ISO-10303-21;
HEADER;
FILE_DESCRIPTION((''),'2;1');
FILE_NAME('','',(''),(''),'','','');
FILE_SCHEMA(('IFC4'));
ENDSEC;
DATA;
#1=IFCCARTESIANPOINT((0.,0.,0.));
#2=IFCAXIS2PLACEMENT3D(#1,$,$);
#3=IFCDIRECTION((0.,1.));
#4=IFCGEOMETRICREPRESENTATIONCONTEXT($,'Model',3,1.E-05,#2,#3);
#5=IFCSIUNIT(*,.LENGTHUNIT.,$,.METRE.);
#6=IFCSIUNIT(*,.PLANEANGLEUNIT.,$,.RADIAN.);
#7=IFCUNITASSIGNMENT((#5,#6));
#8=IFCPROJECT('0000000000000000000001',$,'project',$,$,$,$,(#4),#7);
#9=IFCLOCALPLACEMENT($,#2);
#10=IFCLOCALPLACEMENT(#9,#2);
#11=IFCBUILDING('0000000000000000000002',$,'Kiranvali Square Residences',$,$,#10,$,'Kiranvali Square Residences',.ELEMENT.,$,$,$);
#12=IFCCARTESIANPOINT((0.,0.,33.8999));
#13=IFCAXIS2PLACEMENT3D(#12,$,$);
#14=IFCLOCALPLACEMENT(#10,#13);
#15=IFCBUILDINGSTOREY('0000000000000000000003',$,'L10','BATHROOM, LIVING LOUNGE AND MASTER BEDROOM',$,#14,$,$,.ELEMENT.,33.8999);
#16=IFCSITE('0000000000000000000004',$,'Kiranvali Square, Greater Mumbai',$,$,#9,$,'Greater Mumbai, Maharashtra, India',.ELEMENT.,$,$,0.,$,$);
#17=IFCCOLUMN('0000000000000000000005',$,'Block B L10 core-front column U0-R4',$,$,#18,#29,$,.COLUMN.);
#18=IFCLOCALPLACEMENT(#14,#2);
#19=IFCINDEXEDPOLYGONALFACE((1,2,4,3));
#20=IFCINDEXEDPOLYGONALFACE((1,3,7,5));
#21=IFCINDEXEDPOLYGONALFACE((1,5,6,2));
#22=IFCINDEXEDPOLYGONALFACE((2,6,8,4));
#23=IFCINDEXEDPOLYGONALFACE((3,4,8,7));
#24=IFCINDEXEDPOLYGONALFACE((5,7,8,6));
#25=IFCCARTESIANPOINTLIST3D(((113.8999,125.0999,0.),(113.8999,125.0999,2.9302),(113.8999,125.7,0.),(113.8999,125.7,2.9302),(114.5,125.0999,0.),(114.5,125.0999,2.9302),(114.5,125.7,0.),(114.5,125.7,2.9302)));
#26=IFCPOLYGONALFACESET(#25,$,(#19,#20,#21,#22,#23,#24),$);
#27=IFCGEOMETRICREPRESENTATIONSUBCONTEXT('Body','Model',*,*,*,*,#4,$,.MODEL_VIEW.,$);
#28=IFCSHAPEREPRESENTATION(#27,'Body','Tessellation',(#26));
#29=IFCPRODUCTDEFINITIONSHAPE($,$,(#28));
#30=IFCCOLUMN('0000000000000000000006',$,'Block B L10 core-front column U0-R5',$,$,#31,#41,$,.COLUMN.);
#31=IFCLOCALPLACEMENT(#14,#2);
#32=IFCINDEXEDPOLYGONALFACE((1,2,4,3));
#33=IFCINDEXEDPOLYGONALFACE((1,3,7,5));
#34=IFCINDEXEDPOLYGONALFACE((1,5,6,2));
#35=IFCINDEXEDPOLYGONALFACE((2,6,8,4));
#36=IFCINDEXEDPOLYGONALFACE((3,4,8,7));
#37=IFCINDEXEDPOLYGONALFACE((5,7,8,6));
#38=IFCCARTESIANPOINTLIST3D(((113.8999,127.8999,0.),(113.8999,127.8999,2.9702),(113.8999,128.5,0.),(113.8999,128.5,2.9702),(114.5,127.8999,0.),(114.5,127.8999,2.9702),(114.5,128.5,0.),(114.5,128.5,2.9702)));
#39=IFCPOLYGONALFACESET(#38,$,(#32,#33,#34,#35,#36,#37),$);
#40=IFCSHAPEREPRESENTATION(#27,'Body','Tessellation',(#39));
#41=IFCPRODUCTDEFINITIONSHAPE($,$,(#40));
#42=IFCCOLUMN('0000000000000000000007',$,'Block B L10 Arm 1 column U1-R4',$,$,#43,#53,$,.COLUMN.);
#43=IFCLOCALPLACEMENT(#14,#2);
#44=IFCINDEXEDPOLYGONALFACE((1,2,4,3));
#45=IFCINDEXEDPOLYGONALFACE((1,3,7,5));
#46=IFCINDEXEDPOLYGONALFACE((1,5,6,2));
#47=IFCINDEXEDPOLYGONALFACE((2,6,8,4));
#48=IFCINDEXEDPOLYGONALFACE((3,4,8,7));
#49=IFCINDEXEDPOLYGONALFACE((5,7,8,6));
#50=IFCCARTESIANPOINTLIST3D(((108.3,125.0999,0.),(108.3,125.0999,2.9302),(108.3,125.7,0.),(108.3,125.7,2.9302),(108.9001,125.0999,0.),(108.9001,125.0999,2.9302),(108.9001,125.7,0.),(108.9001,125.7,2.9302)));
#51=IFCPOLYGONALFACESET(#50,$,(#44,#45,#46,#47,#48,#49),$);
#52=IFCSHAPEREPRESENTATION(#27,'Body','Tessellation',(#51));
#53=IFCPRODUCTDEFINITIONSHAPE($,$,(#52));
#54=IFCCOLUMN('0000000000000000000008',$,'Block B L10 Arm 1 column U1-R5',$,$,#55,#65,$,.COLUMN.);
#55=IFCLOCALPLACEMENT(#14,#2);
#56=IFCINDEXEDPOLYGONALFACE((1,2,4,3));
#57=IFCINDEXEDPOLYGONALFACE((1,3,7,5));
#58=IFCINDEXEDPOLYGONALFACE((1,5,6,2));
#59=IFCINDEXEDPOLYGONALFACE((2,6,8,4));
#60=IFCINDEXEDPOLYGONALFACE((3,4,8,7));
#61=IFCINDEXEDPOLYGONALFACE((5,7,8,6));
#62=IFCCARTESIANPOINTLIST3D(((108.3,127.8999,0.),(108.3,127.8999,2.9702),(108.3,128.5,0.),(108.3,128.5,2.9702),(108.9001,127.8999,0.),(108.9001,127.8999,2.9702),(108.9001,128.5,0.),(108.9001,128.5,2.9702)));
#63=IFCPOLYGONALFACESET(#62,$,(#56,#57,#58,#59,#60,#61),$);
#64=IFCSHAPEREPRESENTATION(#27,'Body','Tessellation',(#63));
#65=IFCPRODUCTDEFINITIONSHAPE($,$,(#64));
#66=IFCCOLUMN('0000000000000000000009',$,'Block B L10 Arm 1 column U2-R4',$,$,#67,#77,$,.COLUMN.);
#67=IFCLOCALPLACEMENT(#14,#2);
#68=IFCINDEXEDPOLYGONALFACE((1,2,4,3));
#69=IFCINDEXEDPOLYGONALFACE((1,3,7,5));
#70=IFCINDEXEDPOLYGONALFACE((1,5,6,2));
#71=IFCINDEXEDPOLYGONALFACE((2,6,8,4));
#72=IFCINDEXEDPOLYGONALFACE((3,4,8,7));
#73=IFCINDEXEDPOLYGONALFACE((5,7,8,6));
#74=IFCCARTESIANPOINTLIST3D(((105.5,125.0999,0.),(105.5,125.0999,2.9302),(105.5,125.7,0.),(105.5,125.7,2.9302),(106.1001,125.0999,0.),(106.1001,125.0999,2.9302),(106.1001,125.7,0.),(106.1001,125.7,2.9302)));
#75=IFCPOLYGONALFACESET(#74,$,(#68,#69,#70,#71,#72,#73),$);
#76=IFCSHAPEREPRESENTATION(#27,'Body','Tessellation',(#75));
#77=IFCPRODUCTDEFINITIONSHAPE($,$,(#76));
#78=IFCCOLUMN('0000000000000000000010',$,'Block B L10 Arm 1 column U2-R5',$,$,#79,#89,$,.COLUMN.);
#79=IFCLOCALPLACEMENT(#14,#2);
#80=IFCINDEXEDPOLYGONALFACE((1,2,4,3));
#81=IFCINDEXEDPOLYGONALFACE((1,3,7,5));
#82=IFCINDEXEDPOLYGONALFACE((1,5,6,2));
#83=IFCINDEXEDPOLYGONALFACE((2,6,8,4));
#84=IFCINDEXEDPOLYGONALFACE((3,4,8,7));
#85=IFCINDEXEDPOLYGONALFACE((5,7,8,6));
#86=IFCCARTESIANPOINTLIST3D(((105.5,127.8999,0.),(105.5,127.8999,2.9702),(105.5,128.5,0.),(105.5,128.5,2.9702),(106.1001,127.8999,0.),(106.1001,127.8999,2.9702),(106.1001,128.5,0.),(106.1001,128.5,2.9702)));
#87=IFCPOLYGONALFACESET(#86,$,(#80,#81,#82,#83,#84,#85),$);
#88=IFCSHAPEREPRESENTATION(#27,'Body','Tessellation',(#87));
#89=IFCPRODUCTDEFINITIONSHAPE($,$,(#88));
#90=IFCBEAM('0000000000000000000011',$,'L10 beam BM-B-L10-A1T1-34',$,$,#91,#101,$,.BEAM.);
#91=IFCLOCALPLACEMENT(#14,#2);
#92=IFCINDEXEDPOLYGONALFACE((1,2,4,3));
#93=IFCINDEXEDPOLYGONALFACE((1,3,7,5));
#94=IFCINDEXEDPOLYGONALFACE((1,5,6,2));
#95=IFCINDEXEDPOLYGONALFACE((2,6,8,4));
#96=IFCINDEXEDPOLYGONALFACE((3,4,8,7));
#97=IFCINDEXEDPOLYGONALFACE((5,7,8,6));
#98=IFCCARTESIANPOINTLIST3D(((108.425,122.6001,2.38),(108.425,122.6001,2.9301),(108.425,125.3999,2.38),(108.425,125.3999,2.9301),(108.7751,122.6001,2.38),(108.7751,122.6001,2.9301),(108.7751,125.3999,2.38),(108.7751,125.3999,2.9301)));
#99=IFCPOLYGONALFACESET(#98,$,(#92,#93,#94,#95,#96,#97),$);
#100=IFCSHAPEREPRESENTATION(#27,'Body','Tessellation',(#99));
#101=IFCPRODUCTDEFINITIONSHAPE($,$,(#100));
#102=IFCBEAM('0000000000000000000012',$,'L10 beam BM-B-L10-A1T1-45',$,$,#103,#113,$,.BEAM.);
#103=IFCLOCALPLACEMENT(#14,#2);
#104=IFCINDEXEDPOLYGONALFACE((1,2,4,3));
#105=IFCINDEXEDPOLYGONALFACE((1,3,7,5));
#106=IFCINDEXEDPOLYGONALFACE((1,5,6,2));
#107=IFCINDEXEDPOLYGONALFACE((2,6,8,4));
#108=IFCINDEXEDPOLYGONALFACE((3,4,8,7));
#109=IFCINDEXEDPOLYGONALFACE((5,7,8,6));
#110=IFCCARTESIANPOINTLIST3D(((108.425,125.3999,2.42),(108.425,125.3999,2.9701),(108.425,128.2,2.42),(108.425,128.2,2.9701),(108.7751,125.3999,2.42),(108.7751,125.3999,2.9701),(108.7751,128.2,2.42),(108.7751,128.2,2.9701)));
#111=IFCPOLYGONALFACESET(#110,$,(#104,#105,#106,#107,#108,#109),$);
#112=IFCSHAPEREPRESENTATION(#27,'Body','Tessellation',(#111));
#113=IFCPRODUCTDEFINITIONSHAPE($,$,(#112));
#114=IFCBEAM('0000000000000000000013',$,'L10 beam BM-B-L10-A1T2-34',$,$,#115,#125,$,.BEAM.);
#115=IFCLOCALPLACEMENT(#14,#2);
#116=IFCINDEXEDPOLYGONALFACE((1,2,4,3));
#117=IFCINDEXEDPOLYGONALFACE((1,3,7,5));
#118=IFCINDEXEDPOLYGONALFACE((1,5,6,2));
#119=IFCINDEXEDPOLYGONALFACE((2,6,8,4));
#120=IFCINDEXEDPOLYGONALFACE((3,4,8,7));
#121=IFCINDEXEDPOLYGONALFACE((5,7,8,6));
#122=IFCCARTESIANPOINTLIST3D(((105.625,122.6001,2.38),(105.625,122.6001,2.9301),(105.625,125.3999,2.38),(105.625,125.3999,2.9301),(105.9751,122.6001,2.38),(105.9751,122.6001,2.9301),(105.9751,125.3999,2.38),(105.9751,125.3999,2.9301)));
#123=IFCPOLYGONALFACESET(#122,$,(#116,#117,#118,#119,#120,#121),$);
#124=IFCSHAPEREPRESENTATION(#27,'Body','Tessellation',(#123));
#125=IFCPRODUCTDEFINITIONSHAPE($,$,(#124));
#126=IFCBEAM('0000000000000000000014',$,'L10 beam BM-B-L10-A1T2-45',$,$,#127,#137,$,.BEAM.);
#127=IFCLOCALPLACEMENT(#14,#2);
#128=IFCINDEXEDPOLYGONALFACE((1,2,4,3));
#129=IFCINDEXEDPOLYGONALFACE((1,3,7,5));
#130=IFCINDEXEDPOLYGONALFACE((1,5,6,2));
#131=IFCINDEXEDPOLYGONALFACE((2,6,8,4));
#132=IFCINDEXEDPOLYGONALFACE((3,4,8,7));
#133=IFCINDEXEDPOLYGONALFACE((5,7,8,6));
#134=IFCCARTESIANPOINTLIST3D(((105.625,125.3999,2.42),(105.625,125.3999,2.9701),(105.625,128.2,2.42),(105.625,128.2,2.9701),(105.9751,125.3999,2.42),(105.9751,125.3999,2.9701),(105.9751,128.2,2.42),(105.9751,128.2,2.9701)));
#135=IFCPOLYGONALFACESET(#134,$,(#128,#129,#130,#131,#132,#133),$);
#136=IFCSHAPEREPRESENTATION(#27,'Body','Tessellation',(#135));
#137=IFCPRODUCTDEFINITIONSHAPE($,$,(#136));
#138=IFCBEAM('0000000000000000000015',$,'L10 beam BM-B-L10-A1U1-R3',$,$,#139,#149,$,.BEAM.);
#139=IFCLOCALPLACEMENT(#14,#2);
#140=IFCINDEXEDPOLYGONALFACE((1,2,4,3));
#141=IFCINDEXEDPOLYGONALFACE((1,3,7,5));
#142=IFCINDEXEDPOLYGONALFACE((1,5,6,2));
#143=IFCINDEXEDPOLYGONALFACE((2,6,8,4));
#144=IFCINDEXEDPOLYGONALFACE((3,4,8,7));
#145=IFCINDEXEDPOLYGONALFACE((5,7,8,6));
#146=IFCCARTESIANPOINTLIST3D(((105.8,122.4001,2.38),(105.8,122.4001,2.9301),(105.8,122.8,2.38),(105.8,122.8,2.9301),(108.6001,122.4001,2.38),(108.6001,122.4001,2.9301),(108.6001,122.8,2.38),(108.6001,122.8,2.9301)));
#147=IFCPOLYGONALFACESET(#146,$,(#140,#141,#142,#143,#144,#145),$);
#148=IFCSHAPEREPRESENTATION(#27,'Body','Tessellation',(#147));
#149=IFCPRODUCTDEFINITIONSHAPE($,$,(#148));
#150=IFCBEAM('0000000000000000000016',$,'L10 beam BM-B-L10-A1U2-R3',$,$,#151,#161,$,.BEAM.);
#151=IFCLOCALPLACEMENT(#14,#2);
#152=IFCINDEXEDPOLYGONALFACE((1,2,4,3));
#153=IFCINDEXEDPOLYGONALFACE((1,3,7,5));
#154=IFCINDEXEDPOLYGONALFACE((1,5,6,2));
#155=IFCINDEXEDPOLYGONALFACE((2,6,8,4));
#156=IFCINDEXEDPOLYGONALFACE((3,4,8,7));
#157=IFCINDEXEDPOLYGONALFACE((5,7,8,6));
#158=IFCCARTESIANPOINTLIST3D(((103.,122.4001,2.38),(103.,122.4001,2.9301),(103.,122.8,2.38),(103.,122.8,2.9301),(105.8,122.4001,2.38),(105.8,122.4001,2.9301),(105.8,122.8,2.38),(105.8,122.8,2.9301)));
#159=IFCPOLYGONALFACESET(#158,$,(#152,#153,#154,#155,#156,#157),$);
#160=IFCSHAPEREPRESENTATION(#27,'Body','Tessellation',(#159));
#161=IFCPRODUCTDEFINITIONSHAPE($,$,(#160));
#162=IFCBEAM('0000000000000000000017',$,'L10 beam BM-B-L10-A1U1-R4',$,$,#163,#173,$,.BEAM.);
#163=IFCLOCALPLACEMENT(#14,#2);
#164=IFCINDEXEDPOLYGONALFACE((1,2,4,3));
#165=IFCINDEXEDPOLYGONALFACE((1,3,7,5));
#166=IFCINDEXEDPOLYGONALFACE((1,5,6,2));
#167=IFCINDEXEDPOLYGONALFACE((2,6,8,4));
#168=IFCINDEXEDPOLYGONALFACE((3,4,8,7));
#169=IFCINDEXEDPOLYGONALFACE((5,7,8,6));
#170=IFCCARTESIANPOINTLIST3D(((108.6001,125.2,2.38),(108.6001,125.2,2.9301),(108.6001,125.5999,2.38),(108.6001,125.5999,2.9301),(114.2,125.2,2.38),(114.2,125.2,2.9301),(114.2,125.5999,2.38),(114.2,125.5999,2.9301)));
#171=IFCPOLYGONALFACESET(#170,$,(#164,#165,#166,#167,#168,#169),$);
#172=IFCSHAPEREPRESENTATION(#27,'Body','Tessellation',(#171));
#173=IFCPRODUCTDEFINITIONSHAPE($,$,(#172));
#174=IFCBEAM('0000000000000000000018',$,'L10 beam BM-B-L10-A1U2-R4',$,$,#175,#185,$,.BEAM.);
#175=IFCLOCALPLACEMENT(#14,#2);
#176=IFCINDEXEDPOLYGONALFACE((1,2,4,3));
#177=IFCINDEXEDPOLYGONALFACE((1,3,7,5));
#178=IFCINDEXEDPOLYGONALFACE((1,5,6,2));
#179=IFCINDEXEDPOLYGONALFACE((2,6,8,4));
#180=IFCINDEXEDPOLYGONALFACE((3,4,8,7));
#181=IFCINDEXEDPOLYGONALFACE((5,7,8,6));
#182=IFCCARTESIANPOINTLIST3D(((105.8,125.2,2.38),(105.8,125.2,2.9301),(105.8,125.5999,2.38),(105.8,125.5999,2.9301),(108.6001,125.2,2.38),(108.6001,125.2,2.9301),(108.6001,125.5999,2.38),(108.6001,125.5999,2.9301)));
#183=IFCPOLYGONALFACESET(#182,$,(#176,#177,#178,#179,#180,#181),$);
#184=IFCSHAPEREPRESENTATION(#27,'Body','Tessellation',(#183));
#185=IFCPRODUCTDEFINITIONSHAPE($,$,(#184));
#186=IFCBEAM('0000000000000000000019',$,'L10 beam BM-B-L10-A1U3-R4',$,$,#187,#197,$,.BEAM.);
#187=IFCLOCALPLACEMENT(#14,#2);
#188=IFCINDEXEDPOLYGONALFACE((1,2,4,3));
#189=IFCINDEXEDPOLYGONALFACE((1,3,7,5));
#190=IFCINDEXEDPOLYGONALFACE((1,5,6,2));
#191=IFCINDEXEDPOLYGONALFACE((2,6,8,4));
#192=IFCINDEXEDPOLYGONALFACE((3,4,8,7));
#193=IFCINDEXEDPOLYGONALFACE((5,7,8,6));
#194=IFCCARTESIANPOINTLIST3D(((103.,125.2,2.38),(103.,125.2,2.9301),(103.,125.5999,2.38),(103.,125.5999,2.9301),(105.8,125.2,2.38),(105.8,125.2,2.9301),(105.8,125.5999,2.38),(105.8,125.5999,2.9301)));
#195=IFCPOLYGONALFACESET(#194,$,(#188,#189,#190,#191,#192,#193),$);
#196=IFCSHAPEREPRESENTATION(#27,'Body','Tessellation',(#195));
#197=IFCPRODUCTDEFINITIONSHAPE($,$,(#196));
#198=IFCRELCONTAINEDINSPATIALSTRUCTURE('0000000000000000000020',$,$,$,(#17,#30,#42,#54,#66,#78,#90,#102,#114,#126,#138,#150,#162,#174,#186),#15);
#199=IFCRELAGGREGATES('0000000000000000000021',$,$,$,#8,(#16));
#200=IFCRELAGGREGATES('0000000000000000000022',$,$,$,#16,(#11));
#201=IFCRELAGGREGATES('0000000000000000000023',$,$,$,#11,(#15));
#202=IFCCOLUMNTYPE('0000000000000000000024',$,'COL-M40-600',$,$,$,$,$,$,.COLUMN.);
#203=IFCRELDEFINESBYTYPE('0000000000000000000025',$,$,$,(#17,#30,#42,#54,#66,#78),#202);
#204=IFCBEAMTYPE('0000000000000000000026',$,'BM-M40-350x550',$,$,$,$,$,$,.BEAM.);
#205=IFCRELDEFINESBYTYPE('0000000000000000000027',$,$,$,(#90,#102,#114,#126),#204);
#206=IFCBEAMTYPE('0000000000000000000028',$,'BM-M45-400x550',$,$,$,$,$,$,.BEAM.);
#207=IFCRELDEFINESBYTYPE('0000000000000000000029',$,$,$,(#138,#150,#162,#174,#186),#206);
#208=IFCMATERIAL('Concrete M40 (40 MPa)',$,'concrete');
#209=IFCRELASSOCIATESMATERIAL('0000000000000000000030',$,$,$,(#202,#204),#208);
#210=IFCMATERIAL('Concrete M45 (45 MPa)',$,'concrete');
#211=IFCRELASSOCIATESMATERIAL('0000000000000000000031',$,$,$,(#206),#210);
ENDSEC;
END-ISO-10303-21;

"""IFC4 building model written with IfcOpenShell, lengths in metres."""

from ifc_helpers import new_model, si_unit, direction, frame, origin, origin_2d, place, context, subcontext, project, spatial, rectangle, extrude, material, material_profile, profile_set, type_object, element, save


model = new_model("IFC4")

# Units and contexts
model_context = context("Model", 3, precision=1e-05, world=origin(), true_north=direction((0.0, 1.0)))
body_context = subcontext(model_context, "Body", "Model", "MODEL_VIEW")
ifc_project = project(units=[si_unit("LENGTHUNIT", "METRE"), si_unit("PLANEANGLEUNIT", "RADIAN")], contexts=[model_context])

# Site, building, storey
site_placement = place(None, origin())
site = spatial("IfcSite", under=ifc_project, at=site_placement, Name="Kiranvali Square, Greater Mumbai", LongName="Greater Mumbai, Maharashtra, India", CompositionType="ELEMENT", RefElevation=0.0)
building_placement = place(site_placement, origin())
building = spatial("IfcBuilding", under=site, at=building_placement, Name="Kiranvali Square Residences", LongName="Kiranvali Square Residences", CompositionType="ELEMENT")
storey_placement = place(building_placement, frame((0.0, 0.0, 33.8999)))
storey = spatial("IfcBuildingStorey", under=building, at=storey_placement, Name="L10", Description="BATHROOM, LIVING LOUNGE AND MASTER BEDROOM", CompositionType="ELEMENT", Elevation=33.8999)

# Columns
ifc_material_1 = material(Name="Concrete M40 (40 MPa)", Category="concrete")
ifc_material_profile_1 = material_profile(ifc_material_1, rectangle(XDim=0.6001, YDim=0.6001, at=origin_2d()), Name="RC 600x600")
ifc_profile_set_1 = profile_set([ifc_material_profile_1], Name="Concrete M40 (40 MPa)")
column_type = type_object("IfcColumnType", Name="COL-M40-600", PredefinedType="COLUMN", material=ifc_profile_set_1)
column_1_placement = place(storey_placement, frame((114.2, 125.3999, 0.0), z_axis=(0.0, 0.0, 1.0), x_axis=(1.0, 0.0, 0.0)))
element("IfcColumn", 1, at=column_1_placement, inside=storey, type_object=column_type, Name="Block B L10 core-front column U0-R4", PredefinedType="COLUMN", context=body_context, shape_type="SweptSolid", body=[
    extrude(rectangle(XDim=0.6001, YDim=0.6001, at=origin_2d()), origin(), (0.0, 0.0, 1.0), 2.9302),
])
column_2_placement = place(storey_placement, frame((114.2, 128.2, 0.0), z_axis=(0.0, 0.0, 1.0), x_axis=(1.0, 0.0, 0.0)))
element("IfcColumn", 2, at=column_2_placement, inside=storey, type_object=column_type, Name="Block B L10 core-front column U0-R5", PredefinedType="COLUMN", context=body_context, shape_type="SweptSolid", body=[
    extrude(rectangle(XDim=0.6001, YDim=0.6001, at=origin_2d()), origin(), (0.0, 0.0, 1.0), 2.9702),
])
column_3_placement = place(storey_placement, frame((108.6001, 125.3999, 0.0), z_axis=(0.0, 0.0, 1.0), x_axis=(1.0, 0.0, 0.0)))
element("IfcColumn", 3, at=column_3_placement, inside=storey, type_object=column_type, Name="Block B L10 Arm 1 column U1-R4", PredefinedType="COLUMN", context=body_context, shape_type="SweptSolid", body=[
    extrude(rectangle(XDim=0.6001, YDim=0.6001, at=origin_2d()), origin(), (0.0, 0.0, 1.0), 2.9302),
])
column_4_placement = place(storey_placement, frame((108.6001, 128.2, 0.0), z_axis=(0.0, 0.0, 1.0), x_axis=(1.0, 0.0, 0.0)))
element("IfcColumn", 4, at=column_4_placement, inside=storey, type_object=column_type, Name="Block B L10 Arm 1 column U1-R5", PredefinedType="COLUMN", context=body_context, shape_type="SweptSolid", body=[
    extrude(rectangle(XDim=0.6001, YDim=0.6001, at=origin_2d()), origin(), (0.0, 0.0, 1.0), 2.9702),
])
column_5_placement = place(storey_placement, frame((105.8, 125.3999, 0.0), z_axis=(0.0, 0.0, 1.0), x_axis=(1.0, 0.0, 0.0)))
element("IfcColumn", 5, at=column_5_placement, inside=storey, type_object=column_type, Name="Block B L10 Arm 1 column U2-R4", PredefinedType="COLUMN", context=body_context, shape_type="SweptSolid", body=[
    extrude(rectangle(XDim=0.6001, YDim=0.6001, at=origin_2d()), origin(), (0.0, 0.0, 1.0), 2.9302),
])
column_6_placement = place(storey_placement, frame((105.8, 128.2, 0.0), z_axis=(0.0, 0.0, 1.0), x_axis=(1.0, 0.0, 0.0)))
element("IfcColumn", 6, at=column_6_placement, inside=storey, type_object=column_type, Name="Block B L10 Arm 1 column U2-R5", PredefinedType="COLUMN", context=body_context, shape_type="SweptSolid", body=[
    extrude(rectangle(XDim=0.6001, YDim=0.6001, at=origin_2d()), origin(), (0.0, 0.0, 1.0), 2.9702),
])

# Beams
ifc_material_profile_2 = material_profile(ifc_material_1, rectangle(XDim=0.3501, YDim=0.55, at=origin_2d()), Name="RC 350x550")
ifc_profile_set_2 = profile_set([ifc_material_profile_2], Name="Concrete M40 (40 MPa)")
beam_type_1 = type_object("IfcBeamType", Name="BM-M40-350x550", PredefinedType="BEAM", material=ifc_profile_set_2)
beam_1_placement = place(storey_placement, frame((108.6001, 122.6001, 2.655), z_axis=(0.0, 1.0, 0.0), x_axis=(-1.0, 0.0, 0.0)))
element("IfcBeam", 7, at=beam_1_placement, inside=storey, type_object=beam_type_1, Name="L10 beam BM-B-L10-A1T1-34", PredefinedType="BEAM", context=body_context, shape_type="SweptSolid", body=[
    extrude(rectangle(XDim=0.3501, YDim=0.55, at=origin_2d()), origin(), (0.0, 0.0, 1.0), 2.7998),
])
beam_2_placement = place(storey_placement, frame((108.6001, 125.3999, 2.6951), z_axis=(0.0, 1.0, 0.0), x_axis=(-1.0, 0.0, 0.0)))
element("IfcBeam", 8, at=beam_2_placement, inside=storey, type_object=beam_type_1, Name="L10 beam BM-B-L10-A1T1-45", PredefinedType="BEAM", context=body_context, shape_type="SweptSolid", body=[
    extrude(rectangle(XDim=0.3501, YDim=0.55, at=origin_2d()), origin(), (0.0, 0.0, 1.0), 2.8),
])
beam_3_placement = place(storey_placement, frame((105.8, 122.6001, 2.655), z_axis=(0.0, 1.0, 0.0), x_axis=(-1.0, 0.0, 0.0)))
element("IfcBeam", 9, at=beam_3_placement, inside=storey, type_object=beam_type_1, Name="L10 beam BM-B-L10-A1T2-34", PredefinedType="BEAM", context=body_context, shape_type="SweptSolid", body=[
    extrude(rectangle(XDim=0.3501, YDim=0.55, at=origin_2d()), origin(), (0.0, 0.0, 1.0), 2.7998),
])
beam_4_placement = place(storey_placement, frame((105.8, 125.3999, 2.6951), z_axis=(0.0, 1.0, 0.0), x_axis=(-1.0, 0.0, 0.0)))
element("IfcBeam", 10, at=beam_4_placement, inside=storey, type_object=beam_type_1, Name="L10 beam BM-B-L10-A1T2-45", PredefinedType="BEAM", context=body_context, shape_type="SweptSolid", body=[
    extrude(rectangle(XDim=0.3501, YDim=0.55, at=origin_2d()), origin(), (0.0, 0.0, 1.0), 2.8),
])
ifc_material_2 = material(Name="Concrete M45 (45 MPa)", Category="concrete")
ifc_material_profile_3 = material_profile(ifc_material_2, rectangle(XDim=0.3999, YDim=0.55, at=origin_2d()), Name="RC 400x550")
ifc_profile_set_3 = profile_set([ifc_material_profile_3], Name="Concrete M45 (45 MPa)")
beam_type_2 = type_object("IfcBeamType", Name="BM-M45-400x550", PredefinedType="BEAM", material=ifc_profile_set_3)
for number, where, z_axis, x_axis, name in (
    (11, (108.6001, 122.6001, 2.655), (-1.0, 0.0, 0.0), (0.0, -1.0, 0.0), "L10 beam BM-B-L10-A1U1-R3"),
    (12, (105.8, 122.6001, 2.655), (-1.0, 0.0, 0.0), (0.0, -1.0, 0.0), "L10 beam BM-B-L10-A1U2-R3"),
):
    element("IfcBeam", number, at=place(storey_placement, frame(where, z_axis=z_axis, x_axis=x_axis)), inside=storey, type_object=beam_type_2, Name=name, PredefinedType="BEAM", context=body_context, shape_type="SweptSolid", body=[
        extrude(rectangle(XDim=0.3999, YDim=0.55, at=origin_2d()), origin(), (0.0, 0.0, 1.0), 2.8),
    ])
beam_5_placement = place(storey_placement, frame((114.2, 125.3999, 2.655), z_axis=(-1.0, 0.0, 0.0), x_axis=(0.0, -1.0, 0.0)))
element("IfcBeam", 13, at=beam_5_placement, inside=storey, type_object=beam_type_2, Name="L10 beam BM-B-L10-A1U1-R4", PredefinedType="BEAM", context=body_context, shape_type="SweptSolid", body=[
    extrude(rectangle(XDim=0.3999, YDim=0.55, at=origin_2d()), origin(), (0.0, 0.0, 1.0), 5.5999),
])
for number, where, z_axis, x_axis, name in (
    (14, (108.6001, 125.3999, 2.655), (-1.0, 0.0, 0.0), (0.0, -1.0, 0.0), "L10 beam BM-B-L10-A1U2-R4"),
    (15, (105.8, 125.3999, 2.655), (-1.0, 0.0, 0.0), (0.0, -1.0, 0.0), "L10 beam BM-B-L10-A1U3-R4"),
):
    element("IfcBeam", number, at=place(storey_placement, frame(where, z_axis=z_axis, x_axis=x_axis)), inside=storey, type_object=beam_type_2, Name=name, PredefinedType="BEAM", context=body_context, shape_type="SweptSolid", body=[
        extrude(rectangle(XDim=0.3999, YDim=0.55, at=origin_2d()), origin(), (0.0, 0.0, 1.0), 2.8),
    ])

save(model, "model.ifc")
